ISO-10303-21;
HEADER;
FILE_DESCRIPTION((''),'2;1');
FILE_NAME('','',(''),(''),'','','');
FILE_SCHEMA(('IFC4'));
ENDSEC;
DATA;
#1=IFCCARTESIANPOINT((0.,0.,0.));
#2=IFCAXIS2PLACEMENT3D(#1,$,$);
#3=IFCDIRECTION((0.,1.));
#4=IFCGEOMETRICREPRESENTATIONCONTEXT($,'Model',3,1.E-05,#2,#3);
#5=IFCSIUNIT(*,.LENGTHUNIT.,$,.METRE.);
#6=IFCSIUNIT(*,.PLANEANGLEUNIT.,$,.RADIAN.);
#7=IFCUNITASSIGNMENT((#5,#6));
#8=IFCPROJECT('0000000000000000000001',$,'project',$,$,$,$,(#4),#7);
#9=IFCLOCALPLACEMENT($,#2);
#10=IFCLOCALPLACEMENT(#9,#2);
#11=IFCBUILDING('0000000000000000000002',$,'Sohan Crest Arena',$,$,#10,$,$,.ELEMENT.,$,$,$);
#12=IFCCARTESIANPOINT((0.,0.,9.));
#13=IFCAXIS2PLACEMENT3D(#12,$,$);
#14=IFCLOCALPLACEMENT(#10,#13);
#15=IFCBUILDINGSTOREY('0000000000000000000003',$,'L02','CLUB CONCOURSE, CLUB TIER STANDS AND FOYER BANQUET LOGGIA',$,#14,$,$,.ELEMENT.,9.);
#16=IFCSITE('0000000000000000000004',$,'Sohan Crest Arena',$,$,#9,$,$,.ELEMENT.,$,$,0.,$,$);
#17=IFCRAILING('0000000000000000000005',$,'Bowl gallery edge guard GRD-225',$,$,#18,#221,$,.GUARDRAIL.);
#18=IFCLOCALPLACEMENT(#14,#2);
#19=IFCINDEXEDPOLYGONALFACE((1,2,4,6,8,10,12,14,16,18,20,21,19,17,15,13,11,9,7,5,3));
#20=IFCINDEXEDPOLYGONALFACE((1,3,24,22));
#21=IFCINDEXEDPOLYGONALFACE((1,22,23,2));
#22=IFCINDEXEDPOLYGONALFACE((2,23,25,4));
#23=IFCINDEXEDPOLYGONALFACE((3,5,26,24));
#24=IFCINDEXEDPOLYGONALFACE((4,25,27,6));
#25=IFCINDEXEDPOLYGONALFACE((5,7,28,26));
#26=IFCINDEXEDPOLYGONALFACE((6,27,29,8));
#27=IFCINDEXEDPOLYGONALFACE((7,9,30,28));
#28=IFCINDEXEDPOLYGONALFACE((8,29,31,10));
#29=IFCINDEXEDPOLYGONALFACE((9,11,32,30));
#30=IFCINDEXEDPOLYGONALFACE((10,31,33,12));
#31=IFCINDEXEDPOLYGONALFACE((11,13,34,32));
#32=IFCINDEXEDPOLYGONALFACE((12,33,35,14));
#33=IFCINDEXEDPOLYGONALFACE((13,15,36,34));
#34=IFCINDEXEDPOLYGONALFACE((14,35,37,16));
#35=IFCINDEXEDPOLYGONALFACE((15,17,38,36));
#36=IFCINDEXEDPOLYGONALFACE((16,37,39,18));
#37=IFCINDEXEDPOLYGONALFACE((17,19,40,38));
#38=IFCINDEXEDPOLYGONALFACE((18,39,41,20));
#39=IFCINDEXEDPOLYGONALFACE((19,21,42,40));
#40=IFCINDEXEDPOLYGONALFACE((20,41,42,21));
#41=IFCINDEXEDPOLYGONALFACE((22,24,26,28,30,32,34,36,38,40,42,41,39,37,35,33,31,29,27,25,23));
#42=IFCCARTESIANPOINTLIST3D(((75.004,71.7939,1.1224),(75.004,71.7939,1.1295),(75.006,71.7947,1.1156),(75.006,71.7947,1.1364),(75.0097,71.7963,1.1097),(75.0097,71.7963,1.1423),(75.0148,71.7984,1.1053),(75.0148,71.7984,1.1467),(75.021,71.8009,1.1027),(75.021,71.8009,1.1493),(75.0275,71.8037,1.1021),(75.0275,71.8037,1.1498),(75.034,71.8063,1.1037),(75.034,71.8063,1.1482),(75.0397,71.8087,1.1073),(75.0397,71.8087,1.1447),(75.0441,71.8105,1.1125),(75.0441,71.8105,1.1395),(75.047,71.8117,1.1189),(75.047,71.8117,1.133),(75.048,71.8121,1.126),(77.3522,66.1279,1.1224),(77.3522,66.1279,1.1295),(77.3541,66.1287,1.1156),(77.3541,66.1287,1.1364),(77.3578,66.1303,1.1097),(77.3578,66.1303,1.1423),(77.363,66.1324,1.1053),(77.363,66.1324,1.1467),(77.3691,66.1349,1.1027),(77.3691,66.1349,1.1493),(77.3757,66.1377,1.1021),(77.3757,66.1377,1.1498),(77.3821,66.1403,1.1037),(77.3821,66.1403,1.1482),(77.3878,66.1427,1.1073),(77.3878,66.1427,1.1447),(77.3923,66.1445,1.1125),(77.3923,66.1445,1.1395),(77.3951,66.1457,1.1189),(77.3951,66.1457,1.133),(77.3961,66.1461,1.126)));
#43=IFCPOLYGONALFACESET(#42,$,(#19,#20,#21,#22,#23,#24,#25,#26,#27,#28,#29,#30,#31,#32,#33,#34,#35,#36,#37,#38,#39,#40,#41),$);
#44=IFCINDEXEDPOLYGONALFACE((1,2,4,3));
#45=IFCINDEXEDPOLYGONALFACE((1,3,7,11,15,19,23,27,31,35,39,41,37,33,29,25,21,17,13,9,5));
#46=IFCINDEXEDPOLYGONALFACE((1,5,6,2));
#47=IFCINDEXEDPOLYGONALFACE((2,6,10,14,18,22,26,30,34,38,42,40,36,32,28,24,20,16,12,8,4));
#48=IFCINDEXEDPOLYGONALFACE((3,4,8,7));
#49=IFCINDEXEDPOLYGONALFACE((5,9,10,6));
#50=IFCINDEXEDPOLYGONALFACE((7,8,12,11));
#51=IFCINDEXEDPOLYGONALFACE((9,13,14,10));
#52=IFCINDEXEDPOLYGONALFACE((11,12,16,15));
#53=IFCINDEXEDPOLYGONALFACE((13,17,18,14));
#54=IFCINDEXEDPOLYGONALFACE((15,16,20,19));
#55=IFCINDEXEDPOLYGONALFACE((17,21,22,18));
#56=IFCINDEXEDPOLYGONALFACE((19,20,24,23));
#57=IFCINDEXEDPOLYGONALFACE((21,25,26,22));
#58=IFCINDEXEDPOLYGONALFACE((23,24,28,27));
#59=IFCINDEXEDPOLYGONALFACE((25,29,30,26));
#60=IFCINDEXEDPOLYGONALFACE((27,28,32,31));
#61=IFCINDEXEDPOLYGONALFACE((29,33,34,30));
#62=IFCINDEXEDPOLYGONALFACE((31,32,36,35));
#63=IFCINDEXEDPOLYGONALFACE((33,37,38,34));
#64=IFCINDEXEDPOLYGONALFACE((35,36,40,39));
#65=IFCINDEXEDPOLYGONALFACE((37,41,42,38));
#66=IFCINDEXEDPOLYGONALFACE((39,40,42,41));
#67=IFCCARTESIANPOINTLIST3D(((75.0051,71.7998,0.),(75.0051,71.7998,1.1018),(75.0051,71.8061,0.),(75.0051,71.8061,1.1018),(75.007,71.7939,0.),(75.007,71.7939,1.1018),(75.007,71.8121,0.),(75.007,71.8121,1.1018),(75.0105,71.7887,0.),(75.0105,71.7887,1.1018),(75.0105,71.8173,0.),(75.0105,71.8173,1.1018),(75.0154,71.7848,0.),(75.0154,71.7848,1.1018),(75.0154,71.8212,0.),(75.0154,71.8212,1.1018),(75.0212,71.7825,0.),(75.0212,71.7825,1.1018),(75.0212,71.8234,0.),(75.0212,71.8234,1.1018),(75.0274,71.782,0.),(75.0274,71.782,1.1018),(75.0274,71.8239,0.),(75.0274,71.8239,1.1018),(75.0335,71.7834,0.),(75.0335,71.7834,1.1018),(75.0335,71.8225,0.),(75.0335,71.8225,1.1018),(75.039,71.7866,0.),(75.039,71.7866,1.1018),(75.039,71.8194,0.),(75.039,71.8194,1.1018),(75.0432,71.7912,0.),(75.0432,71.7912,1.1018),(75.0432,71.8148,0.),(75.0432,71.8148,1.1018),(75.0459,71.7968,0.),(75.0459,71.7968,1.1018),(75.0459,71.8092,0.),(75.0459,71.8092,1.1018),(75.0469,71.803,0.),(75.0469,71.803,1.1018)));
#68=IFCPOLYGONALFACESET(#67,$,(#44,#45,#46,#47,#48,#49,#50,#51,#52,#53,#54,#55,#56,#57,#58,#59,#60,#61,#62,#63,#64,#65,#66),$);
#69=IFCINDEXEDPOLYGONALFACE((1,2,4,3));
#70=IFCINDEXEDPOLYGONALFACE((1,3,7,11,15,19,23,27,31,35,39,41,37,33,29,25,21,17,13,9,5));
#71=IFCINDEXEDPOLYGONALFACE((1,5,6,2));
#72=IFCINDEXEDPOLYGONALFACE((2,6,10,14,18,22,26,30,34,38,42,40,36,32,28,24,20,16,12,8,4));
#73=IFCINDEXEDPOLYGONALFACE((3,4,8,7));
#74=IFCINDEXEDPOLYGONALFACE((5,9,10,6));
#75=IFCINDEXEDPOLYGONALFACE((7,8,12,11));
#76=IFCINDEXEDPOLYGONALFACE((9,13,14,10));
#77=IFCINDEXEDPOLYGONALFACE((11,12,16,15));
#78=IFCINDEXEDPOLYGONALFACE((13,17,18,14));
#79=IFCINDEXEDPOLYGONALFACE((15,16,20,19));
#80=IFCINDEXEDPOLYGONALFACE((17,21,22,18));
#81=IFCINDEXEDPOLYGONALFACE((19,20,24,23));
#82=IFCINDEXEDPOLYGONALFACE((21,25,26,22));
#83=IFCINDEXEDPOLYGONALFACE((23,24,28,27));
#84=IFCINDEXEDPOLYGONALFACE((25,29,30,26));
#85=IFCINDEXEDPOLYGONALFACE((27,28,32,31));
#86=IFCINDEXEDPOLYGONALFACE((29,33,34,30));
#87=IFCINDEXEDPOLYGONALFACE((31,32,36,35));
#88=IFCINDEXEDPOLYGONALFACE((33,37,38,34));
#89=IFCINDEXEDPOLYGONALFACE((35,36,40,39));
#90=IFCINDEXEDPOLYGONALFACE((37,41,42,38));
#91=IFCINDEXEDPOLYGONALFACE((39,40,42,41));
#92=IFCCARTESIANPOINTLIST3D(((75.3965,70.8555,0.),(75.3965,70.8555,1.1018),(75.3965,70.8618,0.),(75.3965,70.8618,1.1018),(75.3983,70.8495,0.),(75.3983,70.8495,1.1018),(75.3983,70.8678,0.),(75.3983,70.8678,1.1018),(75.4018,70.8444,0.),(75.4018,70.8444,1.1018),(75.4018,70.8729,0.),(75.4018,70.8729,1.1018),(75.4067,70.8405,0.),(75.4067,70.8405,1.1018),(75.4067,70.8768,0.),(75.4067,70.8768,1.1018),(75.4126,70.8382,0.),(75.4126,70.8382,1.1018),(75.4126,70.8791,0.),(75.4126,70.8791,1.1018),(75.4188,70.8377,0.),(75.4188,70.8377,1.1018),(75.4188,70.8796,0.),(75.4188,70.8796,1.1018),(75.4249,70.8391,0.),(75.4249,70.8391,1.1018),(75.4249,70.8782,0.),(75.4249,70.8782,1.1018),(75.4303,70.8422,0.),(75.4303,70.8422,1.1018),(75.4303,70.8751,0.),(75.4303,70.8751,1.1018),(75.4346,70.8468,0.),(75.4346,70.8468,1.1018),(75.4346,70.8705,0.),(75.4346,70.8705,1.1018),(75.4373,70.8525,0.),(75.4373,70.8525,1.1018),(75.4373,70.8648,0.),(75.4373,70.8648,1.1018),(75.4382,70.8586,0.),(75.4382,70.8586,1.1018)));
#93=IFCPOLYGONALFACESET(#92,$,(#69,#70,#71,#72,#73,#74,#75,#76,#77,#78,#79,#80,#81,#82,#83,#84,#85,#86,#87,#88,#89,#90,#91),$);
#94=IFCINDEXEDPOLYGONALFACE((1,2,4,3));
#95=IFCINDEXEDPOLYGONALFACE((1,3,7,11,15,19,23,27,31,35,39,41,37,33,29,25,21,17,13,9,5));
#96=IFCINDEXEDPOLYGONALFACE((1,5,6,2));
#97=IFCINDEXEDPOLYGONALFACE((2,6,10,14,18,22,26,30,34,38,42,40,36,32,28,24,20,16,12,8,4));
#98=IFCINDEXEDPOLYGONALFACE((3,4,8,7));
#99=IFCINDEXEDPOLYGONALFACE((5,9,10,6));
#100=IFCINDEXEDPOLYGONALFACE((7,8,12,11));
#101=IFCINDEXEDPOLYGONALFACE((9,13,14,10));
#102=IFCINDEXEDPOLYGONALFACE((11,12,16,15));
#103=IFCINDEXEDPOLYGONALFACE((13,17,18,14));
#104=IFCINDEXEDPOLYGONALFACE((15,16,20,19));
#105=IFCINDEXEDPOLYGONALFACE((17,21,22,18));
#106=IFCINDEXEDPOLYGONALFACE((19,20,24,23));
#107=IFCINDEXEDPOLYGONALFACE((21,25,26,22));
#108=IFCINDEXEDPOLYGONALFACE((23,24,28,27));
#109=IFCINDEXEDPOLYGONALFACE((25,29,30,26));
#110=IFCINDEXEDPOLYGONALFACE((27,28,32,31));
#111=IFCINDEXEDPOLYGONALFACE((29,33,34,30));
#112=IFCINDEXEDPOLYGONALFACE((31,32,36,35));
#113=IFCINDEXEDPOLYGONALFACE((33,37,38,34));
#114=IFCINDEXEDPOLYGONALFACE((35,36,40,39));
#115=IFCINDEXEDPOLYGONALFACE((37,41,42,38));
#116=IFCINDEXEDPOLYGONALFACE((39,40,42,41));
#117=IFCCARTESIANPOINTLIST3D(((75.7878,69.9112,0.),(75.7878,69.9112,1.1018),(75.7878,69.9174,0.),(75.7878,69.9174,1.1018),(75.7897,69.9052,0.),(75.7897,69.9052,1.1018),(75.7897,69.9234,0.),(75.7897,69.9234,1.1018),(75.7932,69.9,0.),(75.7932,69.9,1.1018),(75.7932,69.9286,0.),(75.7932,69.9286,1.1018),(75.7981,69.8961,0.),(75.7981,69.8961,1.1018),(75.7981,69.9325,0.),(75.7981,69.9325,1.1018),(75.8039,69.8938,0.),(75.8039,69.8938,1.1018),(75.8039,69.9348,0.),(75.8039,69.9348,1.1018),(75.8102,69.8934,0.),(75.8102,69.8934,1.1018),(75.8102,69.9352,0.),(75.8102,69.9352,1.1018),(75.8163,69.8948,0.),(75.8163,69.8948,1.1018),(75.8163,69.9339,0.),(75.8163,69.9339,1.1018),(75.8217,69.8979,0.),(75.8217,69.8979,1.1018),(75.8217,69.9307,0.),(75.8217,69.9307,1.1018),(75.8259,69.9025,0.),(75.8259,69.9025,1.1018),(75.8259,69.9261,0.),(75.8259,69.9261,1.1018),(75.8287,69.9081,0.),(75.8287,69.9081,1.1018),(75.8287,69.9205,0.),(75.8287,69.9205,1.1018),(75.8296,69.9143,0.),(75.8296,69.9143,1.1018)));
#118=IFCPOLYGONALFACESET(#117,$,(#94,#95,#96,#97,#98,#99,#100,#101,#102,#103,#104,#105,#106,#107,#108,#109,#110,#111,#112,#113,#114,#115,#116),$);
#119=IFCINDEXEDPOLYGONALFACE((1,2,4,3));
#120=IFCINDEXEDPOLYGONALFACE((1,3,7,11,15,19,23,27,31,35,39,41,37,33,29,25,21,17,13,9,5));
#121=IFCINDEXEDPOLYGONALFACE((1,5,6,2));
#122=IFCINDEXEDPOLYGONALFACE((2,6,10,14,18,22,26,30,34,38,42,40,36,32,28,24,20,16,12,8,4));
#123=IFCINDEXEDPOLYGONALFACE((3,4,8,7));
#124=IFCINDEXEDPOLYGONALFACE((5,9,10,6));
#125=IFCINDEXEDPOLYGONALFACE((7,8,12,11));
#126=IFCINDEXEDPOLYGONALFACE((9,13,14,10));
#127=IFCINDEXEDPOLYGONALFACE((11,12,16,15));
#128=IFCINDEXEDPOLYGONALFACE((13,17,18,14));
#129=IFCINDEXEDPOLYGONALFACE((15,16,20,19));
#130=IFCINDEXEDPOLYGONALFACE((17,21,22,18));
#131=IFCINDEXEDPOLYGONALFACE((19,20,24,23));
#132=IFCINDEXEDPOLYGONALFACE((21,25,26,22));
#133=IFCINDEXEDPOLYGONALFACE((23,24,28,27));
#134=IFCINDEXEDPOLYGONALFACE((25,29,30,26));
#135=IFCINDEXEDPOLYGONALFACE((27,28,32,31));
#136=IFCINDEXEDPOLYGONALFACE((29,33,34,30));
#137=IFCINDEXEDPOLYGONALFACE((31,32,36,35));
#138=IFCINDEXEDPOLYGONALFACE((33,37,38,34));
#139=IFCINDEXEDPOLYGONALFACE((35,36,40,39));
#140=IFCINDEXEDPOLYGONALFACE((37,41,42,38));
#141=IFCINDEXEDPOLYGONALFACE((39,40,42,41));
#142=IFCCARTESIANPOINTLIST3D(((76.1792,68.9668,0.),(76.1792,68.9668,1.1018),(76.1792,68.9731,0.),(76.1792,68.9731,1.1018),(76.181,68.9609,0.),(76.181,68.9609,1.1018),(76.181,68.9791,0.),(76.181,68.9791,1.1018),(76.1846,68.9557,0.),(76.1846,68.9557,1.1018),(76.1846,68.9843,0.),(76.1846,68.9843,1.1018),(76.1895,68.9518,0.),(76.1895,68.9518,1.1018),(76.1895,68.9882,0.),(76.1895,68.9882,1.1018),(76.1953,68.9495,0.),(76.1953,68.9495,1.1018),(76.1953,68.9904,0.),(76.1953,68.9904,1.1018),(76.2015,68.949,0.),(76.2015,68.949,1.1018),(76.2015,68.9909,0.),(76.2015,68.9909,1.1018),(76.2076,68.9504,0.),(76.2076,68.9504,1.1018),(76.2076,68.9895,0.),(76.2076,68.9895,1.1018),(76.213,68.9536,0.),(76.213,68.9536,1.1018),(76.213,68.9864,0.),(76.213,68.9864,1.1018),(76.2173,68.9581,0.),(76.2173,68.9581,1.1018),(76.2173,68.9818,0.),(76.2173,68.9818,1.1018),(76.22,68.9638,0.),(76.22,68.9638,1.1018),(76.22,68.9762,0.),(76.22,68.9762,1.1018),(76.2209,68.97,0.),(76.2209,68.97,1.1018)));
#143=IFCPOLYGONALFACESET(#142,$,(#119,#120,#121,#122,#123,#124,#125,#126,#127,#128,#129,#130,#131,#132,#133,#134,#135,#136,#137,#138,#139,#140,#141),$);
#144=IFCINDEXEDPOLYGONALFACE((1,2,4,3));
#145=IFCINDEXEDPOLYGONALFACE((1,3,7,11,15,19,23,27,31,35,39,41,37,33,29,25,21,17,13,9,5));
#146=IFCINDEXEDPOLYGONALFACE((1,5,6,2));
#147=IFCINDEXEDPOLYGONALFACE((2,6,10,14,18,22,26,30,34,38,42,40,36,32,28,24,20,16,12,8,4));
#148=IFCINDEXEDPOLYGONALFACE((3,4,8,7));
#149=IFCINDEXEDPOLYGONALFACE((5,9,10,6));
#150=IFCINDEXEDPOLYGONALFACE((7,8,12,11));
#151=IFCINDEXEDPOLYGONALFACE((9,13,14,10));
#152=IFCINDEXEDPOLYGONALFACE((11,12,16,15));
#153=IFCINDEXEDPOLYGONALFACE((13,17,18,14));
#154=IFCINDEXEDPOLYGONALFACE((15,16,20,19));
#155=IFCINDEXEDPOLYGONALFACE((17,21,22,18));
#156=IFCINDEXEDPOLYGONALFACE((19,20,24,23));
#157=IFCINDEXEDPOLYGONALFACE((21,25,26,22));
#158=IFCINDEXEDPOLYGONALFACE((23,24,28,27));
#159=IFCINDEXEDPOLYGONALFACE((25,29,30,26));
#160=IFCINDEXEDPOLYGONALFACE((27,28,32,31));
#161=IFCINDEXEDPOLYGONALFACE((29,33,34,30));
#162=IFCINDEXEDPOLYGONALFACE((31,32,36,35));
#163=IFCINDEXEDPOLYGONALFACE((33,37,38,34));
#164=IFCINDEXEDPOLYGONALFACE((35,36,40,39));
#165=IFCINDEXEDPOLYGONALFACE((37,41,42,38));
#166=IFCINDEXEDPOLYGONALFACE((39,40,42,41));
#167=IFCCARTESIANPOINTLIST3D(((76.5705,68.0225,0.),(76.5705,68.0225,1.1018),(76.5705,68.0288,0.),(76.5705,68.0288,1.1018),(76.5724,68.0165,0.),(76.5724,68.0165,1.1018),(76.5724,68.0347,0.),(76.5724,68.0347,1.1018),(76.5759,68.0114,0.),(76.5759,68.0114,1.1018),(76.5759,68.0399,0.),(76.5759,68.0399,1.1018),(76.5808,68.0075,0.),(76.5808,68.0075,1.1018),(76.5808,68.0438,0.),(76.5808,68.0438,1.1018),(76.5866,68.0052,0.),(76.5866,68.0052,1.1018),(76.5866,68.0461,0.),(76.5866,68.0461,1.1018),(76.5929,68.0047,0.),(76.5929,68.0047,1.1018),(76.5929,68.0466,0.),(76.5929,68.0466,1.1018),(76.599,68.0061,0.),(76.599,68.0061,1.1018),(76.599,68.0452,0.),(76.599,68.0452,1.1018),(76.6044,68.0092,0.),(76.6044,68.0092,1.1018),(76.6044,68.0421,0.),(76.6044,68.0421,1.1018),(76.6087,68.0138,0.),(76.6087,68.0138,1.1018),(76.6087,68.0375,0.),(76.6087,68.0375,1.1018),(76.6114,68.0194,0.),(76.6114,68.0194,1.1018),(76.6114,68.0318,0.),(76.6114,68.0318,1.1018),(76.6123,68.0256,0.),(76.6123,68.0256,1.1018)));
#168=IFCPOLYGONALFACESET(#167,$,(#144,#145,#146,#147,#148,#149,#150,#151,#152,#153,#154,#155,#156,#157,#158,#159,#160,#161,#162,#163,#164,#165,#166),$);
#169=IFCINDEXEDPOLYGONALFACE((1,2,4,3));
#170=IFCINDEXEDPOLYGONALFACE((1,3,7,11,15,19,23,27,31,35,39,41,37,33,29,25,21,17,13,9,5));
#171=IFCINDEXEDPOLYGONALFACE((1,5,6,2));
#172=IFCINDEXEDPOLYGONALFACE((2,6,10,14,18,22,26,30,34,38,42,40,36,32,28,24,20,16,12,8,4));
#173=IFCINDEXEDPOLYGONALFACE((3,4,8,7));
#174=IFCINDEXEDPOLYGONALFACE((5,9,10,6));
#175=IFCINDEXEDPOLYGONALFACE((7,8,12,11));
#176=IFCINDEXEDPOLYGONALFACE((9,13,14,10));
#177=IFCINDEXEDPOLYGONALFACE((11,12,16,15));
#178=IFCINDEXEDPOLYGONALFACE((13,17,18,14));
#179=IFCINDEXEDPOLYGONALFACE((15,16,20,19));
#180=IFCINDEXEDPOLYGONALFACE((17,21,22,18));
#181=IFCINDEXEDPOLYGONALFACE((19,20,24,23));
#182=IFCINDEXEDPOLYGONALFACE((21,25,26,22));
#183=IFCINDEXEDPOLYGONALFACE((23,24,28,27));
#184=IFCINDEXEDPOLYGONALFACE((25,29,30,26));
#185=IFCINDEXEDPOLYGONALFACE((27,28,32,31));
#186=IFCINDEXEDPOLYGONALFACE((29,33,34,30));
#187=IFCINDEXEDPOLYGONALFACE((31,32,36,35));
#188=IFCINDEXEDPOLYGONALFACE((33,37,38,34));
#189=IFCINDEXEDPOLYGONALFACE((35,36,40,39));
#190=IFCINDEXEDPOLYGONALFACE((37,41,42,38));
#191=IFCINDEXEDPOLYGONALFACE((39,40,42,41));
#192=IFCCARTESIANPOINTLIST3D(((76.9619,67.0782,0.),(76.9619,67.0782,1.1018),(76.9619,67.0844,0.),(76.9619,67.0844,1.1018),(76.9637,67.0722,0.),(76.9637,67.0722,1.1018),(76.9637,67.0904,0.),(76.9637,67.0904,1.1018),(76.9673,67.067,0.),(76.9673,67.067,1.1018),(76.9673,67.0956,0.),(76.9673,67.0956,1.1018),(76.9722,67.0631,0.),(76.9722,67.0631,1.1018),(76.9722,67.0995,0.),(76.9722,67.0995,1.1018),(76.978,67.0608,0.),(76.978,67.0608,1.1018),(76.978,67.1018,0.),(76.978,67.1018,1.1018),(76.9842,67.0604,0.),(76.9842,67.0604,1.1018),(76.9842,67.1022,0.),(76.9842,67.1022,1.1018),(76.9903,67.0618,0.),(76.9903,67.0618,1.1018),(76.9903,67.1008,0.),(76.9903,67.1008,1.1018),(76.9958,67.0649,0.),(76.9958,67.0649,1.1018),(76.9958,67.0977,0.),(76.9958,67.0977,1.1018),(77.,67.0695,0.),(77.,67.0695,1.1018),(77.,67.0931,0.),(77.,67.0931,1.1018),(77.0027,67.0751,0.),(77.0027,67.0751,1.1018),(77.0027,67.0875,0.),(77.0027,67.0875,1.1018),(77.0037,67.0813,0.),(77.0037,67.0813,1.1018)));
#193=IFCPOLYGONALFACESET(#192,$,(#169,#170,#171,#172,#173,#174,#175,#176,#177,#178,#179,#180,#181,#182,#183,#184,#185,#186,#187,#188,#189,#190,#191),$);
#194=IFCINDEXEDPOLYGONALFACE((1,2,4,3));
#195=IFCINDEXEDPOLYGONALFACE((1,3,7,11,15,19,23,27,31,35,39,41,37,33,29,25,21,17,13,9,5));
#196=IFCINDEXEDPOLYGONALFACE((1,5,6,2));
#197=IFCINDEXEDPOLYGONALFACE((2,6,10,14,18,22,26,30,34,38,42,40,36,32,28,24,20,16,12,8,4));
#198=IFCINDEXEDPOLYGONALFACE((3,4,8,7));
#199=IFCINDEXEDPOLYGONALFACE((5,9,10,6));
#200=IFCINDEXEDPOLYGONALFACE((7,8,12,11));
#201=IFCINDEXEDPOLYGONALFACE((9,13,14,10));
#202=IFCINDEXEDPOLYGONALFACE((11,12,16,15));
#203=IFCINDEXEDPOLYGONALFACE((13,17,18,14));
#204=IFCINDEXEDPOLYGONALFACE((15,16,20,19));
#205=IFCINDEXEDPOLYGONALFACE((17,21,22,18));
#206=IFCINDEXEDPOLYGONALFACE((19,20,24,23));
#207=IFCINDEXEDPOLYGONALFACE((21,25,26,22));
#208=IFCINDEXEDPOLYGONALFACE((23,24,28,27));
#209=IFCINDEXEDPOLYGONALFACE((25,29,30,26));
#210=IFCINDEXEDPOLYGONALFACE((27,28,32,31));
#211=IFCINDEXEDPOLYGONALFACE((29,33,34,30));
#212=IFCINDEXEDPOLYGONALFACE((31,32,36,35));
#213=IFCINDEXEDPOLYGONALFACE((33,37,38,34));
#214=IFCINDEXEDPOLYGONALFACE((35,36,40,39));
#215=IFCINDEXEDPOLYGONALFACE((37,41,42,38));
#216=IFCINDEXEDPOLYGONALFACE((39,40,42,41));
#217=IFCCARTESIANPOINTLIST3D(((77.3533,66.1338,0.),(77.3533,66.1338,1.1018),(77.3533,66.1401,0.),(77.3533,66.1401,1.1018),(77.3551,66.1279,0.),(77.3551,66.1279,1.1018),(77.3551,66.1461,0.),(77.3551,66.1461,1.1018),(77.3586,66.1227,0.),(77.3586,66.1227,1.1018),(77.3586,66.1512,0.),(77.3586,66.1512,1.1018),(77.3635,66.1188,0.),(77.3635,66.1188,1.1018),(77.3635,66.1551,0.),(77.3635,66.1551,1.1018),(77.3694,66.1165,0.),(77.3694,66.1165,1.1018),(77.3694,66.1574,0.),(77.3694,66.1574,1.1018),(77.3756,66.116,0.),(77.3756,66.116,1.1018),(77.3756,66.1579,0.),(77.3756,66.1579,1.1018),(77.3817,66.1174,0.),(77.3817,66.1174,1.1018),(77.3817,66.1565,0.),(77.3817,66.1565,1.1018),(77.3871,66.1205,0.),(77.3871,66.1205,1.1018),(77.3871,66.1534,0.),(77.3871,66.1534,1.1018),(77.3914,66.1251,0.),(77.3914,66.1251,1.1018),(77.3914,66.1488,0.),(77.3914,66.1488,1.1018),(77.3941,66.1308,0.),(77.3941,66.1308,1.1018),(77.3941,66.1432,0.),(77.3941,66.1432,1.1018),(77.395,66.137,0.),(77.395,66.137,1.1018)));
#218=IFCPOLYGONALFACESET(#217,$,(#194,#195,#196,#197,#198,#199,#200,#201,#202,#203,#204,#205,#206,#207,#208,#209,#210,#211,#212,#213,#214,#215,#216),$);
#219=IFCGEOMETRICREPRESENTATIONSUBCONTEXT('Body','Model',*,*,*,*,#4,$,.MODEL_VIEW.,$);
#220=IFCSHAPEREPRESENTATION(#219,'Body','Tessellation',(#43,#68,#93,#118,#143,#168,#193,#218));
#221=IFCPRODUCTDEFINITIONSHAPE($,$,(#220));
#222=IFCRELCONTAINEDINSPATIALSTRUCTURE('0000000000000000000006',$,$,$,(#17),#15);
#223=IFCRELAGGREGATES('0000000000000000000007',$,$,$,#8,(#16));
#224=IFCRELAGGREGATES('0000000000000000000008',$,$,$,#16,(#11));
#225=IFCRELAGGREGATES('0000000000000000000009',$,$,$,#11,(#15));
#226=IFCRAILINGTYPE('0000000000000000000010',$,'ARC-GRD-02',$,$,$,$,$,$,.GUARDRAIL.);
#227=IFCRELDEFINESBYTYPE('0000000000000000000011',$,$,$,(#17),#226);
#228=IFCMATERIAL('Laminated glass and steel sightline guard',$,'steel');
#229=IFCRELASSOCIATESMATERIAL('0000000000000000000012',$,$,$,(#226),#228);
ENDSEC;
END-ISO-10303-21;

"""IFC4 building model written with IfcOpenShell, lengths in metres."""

from ifc_helpers import new_model, si_unit, direction, frame, origin, origin_2d, place, context, subcontext, project, spatial, circle, extrude, material, type_object, element, save


model = new_model("IFC4")

# Units and contexts
model_context = context("Model", 3, precision=1e-05, world=origin(), true_north=direction((0.0, 1.0)))
body_context = subcontext(model_context, "Body", "Model", "MODEL_VIEW")
ifc_project = project(units=[si_unit("LENGTHUNIT", "METRE"), si_unit("PLANEANGLEUNIT", "RADIAN")], contexts=[model_context])

# Site, building, storey
site_placement = place(None, origin())
site = spatial("IfcSite", under=ifc_project, at=site_placement, Name="Sohan Crest Arena", CompositionType="ELEMENT", RefElevation=0.0)
building_placement = place(site_placement, origin())
building = spatial("IfcBuilding", under=site, at=building_placement, Name="Sohan Crest Arena", CompositionType="ELEMENT")
storey_placement = place(building_placement, frame((0.0, 0.0, 9.0)))
storey = spatial("IfcBuildingStorey", under=building, at=storey_placement, Name="L02", Description="CLUB CONCOURSE, CLUB TIER STANDS AND FOYER BANQUET LOGGIA", CompositionType="ELEMENT", Elevation=9.0)

# Railing
ifc_material_1 = material(Name="Laminated glass and steel sightline guard", Category="steel")
railing_type_1 = type_object("IfcRailingType", Name="ARC-GRD-02", PredefinedType="GUARDRAIL", material=ifc_material_1)
railing_1_placement = place(storey_placement, frame((75.0259, 71.803, 0.0)))
element("IfcRailing", 1, at=railing_1_placement, inside=storey, type_object=railing_type_1, Name="Bowl gallery edge guard GRD-225", PredefinedType="GUARDRAIL", context=body_context, shape_type="SweptSolid", body=[
    extrude(circle(Radius=0.0239, at=origin_2d()), frame((0.0, 0.0, 1.126), z_axis=(0.382851, -0.92381, 0.0), x_axis=(0.92381, 0.382851, 0.0)), (0.0, 0.0, 1.0), 6.1333),
    extrude(circle(Radius=0.021, at=origin_2d()), origin(), (0.0, 0.0, 1.0), 1.1018),
    extrude(circle(Radius=0.021, at=origin_2d()), frame((0.3914, -0.9443, 0.0)), (0.0, 0.0, 1.0), 1.1018),
    extrude(circle(Radius=0.021, at=origin_2d()), frame((0.7827, -1.8887, 0.0)), (0.0, 0.0, 1.0), 1.1018),
    extrude(circle(Radius=0.021, at=origin_2d()), frame((1.1741, -2.833, 0.0)), (0.0, 0.0, 1.0), 1.1018),
    extrude(circle(Radius=0.021, at=origin_2d()), frame((1.5654, -3.7773, 0.0)), (0.0, 0.0, 1.0), 1.1018),
    extrude(circle(Radius=0.021, at=origin_2d()), frame((1.9568, -4.7217, 0.0)), (0.0, 0.0, 1.0), 1.1018),
    extrude(circle(Radius=0.021, at=origin_2d()), frame((2.3481, -5.666, 0.0)), (0.0, 0.0, 1.0), 1.1018),
])

save(model, "model.ifc")
